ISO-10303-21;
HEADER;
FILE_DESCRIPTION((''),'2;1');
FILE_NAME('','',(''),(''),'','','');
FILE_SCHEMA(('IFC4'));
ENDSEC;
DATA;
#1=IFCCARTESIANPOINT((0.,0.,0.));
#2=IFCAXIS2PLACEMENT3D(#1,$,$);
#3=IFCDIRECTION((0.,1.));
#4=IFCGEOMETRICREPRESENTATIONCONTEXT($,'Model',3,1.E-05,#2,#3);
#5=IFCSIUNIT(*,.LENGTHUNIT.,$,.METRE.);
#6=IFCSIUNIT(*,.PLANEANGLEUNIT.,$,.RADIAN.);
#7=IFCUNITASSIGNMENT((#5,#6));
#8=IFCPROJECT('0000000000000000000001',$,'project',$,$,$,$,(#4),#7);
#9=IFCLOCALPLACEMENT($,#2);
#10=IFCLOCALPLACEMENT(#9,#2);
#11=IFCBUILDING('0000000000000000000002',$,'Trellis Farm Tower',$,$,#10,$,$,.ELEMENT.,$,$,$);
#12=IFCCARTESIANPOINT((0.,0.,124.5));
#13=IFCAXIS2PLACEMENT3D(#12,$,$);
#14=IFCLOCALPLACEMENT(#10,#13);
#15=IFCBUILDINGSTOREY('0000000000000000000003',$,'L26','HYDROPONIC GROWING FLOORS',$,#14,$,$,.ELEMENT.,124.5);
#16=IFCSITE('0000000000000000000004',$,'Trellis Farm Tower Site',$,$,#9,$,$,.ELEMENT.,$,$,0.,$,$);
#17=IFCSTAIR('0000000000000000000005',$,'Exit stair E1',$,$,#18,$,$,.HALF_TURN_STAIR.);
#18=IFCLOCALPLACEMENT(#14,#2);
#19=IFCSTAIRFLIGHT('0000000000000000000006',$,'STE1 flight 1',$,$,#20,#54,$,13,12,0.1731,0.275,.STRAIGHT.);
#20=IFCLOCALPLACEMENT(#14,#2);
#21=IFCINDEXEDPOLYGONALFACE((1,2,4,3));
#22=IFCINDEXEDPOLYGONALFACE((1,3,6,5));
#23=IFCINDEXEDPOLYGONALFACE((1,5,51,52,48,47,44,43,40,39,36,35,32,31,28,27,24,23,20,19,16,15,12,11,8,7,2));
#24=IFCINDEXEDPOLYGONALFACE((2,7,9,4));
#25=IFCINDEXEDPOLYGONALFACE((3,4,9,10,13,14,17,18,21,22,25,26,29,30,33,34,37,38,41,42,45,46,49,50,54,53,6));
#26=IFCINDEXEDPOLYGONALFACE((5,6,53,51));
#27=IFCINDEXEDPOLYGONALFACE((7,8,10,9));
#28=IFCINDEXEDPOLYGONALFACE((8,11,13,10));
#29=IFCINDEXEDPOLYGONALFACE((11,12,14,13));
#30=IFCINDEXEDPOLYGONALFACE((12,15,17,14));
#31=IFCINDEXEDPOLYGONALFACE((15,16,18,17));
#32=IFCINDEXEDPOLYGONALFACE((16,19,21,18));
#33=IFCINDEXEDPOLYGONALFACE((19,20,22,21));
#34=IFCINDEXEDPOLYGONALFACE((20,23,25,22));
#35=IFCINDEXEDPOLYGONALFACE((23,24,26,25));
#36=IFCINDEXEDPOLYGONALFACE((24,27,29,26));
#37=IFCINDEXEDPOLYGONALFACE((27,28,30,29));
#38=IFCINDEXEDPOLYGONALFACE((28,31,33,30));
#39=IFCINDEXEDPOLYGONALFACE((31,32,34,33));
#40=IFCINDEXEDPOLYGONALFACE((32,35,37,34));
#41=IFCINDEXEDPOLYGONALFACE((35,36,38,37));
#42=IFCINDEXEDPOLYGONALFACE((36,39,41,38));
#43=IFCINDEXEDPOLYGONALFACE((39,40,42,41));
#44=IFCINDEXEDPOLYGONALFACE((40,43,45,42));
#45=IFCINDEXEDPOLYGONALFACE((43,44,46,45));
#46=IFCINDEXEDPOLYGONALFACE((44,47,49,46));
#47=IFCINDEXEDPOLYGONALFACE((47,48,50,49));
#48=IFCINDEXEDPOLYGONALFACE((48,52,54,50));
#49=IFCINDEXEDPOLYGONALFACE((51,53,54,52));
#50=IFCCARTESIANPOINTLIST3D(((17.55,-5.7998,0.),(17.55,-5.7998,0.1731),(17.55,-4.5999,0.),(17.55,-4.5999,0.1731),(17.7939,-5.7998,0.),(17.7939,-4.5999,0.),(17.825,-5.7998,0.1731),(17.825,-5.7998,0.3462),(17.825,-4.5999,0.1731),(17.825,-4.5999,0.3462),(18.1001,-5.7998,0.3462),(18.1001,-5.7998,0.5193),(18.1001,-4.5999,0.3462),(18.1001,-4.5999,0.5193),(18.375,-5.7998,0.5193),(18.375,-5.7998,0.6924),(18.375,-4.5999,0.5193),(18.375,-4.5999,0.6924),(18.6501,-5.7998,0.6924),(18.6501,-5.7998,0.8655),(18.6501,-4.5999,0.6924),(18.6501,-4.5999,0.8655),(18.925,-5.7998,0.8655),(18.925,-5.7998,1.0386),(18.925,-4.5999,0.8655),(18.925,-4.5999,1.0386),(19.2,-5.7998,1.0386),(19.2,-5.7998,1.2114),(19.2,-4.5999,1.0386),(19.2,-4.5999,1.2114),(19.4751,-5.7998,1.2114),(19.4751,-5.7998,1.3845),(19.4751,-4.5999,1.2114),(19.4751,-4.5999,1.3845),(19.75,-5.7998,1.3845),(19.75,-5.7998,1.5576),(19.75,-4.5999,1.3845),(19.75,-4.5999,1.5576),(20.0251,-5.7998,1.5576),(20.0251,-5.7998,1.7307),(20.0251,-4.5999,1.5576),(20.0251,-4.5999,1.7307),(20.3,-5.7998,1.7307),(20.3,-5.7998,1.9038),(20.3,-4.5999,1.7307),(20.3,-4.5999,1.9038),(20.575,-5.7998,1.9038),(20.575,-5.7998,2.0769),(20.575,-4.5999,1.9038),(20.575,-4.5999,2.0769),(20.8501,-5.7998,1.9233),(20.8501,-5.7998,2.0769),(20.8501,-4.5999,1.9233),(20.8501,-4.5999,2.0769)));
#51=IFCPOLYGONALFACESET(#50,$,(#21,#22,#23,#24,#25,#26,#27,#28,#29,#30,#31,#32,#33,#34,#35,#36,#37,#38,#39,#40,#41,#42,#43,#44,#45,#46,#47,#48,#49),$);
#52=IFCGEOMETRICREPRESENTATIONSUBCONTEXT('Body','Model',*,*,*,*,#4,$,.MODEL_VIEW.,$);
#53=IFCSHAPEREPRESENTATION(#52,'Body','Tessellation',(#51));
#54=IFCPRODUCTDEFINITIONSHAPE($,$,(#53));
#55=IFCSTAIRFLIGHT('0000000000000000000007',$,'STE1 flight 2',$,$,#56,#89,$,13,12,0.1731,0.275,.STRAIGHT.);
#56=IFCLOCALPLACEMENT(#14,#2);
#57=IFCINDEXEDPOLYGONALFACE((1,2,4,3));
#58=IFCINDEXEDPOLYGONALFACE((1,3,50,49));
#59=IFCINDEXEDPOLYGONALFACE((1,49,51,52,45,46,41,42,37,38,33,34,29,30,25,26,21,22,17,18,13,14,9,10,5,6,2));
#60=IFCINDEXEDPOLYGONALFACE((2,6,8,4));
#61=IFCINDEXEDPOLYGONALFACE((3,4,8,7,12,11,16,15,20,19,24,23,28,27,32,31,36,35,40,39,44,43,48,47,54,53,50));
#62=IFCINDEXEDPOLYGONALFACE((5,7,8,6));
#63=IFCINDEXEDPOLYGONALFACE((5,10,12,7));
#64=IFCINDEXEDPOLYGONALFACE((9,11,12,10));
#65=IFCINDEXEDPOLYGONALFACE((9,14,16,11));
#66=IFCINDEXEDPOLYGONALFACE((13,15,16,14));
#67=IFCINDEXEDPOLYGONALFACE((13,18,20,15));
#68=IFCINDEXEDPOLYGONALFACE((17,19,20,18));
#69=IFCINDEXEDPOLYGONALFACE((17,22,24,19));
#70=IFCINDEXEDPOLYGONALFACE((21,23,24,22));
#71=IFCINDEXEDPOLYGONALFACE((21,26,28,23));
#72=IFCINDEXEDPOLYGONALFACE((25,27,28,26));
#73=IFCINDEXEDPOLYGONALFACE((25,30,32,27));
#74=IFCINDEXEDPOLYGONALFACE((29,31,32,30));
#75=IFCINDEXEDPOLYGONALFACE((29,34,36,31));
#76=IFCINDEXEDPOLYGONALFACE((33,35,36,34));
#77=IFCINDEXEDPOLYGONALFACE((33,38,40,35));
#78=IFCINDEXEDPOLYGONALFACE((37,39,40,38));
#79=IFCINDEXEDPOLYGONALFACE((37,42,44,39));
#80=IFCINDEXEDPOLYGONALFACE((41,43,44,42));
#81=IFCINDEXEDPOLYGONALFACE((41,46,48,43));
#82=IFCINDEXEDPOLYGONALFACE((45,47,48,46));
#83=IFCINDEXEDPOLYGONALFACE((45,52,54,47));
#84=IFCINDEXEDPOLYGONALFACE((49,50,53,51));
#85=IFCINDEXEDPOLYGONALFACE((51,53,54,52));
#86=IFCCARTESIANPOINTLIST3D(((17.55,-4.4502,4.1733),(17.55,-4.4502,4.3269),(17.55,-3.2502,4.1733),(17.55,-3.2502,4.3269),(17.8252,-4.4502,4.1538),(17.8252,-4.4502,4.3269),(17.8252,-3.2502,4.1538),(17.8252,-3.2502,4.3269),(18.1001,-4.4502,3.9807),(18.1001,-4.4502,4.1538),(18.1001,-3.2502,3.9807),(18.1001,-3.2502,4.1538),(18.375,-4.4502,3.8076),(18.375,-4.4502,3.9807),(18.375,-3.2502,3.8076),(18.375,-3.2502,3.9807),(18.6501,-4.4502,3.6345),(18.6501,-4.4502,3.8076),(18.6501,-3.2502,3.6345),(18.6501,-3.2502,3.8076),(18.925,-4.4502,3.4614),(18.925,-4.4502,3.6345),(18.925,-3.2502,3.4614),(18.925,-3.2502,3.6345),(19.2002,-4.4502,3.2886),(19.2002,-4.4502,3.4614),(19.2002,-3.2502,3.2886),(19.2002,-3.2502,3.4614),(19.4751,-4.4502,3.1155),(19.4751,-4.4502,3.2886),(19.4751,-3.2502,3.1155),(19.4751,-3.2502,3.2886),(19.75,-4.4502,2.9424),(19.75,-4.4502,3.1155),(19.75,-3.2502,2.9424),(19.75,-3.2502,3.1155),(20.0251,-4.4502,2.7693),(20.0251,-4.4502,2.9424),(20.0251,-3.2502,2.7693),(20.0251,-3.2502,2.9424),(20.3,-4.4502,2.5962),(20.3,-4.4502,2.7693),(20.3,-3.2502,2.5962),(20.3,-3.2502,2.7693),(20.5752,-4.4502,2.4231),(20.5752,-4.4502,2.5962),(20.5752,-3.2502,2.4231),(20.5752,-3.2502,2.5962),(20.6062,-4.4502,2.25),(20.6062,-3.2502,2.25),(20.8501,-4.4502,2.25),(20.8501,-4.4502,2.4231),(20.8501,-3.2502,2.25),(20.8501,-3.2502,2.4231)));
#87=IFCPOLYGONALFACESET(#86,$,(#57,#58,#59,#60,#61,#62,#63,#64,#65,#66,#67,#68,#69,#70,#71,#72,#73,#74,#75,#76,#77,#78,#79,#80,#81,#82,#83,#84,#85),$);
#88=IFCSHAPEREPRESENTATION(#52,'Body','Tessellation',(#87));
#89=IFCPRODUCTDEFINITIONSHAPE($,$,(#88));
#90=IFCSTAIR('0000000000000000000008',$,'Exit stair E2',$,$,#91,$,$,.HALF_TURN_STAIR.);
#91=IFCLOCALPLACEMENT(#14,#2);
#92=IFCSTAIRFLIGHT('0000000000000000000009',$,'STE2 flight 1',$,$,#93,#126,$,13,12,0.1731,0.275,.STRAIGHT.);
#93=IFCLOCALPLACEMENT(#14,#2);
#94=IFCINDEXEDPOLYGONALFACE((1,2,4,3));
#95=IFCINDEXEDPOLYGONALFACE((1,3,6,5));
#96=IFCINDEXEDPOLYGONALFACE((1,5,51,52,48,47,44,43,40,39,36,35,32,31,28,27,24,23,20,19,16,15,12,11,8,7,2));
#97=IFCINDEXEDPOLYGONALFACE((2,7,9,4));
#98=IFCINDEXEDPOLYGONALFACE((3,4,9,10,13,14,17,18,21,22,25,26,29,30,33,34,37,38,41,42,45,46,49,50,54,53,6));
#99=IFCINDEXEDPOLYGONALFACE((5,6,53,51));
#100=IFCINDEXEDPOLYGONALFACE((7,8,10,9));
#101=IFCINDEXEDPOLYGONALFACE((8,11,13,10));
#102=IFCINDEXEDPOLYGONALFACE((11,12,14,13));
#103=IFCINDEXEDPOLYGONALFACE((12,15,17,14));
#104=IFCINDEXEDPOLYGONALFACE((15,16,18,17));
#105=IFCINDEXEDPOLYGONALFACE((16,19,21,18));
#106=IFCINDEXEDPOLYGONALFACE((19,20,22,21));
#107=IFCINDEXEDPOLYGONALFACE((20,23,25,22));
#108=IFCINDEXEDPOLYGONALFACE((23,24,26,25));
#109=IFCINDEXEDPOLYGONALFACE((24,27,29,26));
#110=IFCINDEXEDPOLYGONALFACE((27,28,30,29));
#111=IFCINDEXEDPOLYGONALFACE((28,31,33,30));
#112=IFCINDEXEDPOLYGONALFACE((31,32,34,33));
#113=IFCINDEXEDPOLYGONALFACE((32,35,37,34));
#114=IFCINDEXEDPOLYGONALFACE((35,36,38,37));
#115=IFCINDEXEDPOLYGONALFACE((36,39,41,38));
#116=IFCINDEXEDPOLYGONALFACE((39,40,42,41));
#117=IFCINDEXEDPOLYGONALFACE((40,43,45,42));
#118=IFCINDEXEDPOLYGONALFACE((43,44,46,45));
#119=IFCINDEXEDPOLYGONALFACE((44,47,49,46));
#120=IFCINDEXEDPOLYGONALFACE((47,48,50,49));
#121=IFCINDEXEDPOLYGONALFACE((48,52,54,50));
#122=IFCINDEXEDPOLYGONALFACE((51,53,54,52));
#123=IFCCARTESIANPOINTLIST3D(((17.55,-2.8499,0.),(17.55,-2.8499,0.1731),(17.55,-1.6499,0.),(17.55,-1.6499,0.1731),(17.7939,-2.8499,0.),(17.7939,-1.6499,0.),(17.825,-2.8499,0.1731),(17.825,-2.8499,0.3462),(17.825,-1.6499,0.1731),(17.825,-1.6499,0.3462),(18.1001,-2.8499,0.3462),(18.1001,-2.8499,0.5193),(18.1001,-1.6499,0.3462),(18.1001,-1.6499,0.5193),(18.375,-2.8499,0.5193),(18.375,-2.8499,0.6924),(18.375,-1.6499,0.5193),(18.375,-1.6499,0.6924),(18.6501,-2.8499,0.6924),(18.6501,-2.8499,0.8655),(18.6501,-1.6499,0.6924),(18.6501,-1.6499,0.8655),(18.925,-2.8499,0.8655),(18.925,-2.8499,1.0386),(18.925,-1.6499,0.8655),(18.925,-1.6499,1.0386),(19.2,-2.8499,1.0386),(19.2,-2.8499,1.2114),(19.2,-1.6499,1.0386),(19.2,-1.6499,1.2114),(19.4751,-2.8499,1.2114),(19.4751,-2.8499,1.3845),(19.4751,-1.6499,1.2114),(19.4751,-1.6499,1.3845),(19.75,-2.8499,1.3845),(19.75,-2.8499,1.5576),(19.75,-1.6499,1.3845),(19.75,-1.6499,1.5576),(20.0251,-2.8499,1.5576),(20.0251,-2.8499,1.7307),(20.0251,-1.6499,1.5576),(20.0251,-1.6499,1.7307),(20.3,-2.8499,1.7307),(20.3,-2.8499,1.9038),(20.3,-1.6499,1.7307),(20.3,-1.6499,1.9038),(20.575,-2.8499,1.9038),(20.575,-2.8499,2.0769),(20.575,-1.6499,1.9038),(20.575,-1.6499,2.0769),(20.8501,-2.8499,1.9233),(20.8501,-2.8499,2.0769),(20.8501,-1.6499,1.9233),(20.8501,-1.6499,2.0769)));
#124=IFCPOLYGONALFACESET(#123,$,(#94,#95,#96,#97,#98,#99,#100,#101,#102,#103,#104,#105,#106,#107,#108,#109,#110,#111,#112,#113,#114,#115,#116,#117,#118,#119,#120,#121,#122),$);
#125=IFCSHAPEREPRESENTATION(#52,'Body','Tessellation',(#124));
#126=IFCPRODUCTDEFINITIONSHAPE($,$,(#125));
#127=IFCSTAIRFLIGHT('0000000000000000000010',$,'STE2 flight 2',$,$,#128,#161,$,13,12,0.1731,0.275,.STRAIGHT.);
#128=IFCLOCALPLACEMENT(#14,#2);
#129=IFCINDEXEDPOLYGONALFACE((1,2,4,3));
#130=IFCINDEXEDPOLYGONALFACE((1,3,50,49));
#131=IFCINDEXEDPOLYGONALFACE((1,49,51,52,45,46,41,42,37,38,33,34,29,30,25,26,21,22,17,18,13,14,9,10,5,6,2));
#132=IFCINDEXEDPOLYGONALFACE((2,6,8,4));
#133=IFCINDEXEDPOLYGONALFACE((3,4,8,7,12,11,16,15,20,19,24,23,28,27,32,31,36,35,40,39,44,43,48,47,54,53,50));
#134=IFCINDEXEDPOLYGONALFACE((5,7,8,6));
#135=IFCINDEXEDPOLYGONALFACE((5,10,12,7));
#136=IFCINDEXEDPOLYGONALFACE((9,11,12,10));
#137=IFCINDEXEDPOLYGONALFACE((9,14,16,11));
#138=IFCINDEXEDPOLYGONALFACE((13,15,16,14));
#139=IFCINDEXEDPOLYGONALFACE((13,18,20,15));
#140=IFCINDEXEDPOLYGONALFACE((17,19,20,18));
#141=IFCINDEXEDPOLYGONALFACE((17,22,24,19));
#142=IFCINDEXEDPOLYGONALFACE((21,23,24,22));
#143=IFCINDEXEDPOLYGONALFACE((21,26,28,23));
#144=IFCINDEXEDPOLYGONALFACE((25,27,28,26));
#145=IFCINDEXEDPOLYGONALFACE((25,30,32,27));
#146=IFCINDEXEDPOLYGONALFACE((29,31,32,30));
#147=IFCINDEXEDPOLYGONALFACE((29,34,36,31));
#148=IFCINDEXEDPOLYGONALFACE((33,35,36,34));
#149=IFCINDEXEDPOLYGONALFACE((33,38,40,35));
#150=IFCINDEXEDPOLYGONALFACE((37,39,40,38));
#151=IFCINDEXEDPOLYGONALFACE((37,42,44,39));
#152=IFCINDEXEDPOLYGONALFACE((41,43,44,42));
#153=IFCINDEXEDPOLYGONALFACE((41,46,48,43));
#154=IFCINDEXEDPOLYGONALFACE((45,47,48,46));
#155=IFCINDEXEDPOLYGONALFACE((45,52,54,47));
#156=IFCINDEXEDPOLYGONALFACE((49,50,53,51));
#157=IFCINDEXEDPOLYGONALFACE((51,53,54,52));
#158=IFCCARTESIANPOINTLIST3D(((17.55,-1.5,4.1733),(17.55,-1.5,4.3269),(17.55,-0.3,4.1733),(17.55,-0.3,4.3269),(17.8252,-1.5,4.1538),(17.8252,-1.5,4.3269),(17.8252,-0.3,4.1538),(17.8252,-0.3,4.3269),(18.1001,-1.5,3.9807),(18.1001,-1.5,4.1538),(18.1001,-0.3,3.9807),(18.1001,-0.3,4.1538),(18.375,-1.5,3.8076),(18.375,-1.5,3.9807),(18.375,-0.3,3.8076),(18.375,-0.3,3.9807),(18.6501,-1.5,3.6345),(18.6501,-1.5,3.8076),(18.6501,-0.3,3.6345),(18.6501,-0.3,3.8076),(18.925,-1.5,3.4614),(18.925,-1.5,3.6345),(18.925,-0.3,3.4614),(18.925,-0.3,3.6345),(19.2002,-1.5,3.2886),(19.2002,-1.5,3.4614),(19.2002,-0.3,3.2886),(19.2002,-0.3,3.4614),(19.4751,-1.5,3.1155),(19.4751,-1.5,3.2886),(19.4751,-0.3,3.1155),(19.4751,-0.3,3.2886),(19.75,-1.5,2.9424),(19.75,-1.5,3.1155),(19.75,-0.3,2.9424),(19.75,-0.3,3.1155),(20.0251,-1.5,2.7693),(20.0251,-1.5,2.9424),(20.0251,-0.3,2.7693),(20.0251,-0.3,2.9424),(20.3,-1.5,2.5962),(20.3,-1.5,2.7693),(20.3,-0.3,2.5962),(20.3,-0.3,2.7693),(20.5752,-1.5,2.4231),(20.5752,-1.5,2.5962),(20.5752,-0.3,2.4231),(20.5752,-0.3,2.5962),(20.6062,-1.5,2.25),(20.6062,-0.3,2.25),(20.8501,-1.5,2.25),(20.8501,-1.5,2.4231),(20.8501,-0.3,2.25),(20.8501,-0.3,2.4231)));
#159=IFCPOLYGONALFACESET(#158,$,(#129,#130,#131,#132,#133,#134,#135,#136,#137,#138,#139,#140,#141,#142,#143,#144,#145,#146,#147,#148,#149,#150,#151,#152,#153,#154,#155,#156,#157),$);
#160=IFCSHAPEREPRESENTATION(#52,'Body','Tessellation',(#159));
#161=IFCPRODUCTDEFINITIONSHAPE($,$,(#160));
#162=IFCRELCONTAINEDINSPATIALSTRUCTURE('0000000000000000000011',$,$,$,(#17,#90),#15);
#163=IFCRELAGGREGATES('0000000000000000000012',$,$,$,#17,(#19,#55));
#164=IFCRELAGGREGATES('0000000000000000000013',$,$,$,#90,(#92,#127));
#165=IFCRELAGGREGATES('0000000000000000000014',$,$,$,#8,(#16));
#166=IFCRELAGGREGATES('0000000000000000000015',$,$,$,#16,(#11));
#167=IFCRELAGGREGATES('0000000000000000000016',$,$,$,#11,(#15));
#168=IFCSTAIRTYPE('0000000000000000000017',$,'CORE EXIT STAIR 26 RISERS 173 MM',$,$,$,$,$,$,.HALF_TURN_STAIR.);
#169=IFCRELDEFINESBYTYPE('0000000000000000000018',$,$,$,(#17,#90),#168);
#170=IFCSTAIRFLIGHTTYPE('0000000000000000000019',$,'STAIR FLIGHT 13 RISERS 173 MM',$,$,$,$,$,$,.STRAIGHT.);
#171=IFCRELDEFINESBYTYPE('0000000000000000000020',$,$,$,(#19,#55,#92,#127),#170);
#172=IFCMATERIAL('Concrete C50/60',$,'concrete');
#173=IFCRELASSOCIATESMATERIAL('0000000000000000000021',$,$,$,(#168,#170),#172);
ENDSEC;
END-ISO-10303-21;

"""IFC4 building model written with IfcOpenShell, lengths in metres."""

from ifc_helpers import new_model, si_unit, direction, frame, origin, place, context, subcontext, project, spatial, polyline, outline, extrude, source, transform, mapped, material, type_object, element, aggregate, save


model = new_model("IFC4")

# Units and contexts
model_context = context("Model", 3, precision=1e-05, world=origin(), true_north=direction((0.0, 1.0)))
body_context = subcontext(model_context, "Body", "Model", "MODEL_VIEW")
ifc_project = project(units=[si_unit("LENGTHUNIT", "METRE"), si_unit("PLANEANGLEUNIT", "RADIAN")], contexts=[model_context])

# Site, building, storey
site_placement = place(None, origin())
site = spatial("IfcSite", under=ifc_project, at=site_placement, Name="Trellis Farm Tower Site", CompositionType="ELEMENT", RefElevation=0.0)
building_placement = place(site_placement, origin())
building = spatial("IfcBuilding", under=site, at=building_placement, Name="Trellis Farm Tower", CompositionType="ELEMENT")
storey_placement = place(building_placement, frame((0.0, 0.0, 124.5)))
storey = spatial("IfcBuildingStorey", under=building, at=storey_placement, Name="L26", Description="HYDROPONIC GROWING FLOORS", CompositionType="ELEMENT", Elevation=124.5)

# Shared definitions
placement = place(storey_placement, origin())

# Stairs, stair flights
ifc_material_1 = material(Name="Concrete C50/60", Category="concrete")
stair_type = type_object("IfcStairType", Name="CORE EXIT STAIR 26 RISERS 173 MM", PredefinedType="HALF_TURN_STAIR", material=ifc_material_1)
stair_1 = element("IfcStair", 1, at=placement, inside=storey, type_object=stair_type, Name="Exit stair E1", PredefinedType="HALF_TURN_STAIR")
stair_flight_type = type_object("IfcStairFlightType", Name="STAIR FLIGHT 13 RISERS 173 MM", PredefinedType="STRAIGHT", material=ifc_material_1)
shared_shape_1 = source(origin(), body_context, "Body", "SweptSolid", [
    extrude(outline(polyline([(0.0, 0.0), (0.0, 0.1731), (0.2749, 0.1731), (0.2749, 0.3462), (0.55, 0.3462), (0.55, 0.5193), (0.825, 0.5193), (0.825, 0.6924), (1.1001, 0.6924), (1.1001, 0.8655), (1.375, 0.8655), (1.375, 1.0386), (1.6499, 1.0386), (1.6499, 1.2114), (1.925, 1.2114), (1.925, 1.3845), (2.2, 1.3845), (2.2, 1.5576), (2.4751, 1.5576), (2.4751, 1.7307), (2.75, 1.7307), (2.75, 1.9038), (3.0249, 1.9038), (3.0249, 2.0769), (3.3, 2.0769), (3.3, 2.25), (3.3, 1.9233), (0.2439, 0.0), (0.0, 0.0)])), frame((0.0, 0.6001, 0.0), z_axis=(0.0, -1.0, 0.0), x_axis=(1.0, 0.0, 0.0)), (0.0, 0.0, 1.0), 1.2),
])
stair_flight_1_placement = place(storey_placement, frame((17.55, -5.2, 0.0), z_axis=(0.0, 0.0, 1.0), x_axis=(1.0, 0.0, 0.0)))
stair_flight_1 = element("IfcStairFlight", 2, at=stair_flight_1_placement, type_object=stair_flight_type, Name="STE1 flight 1", NumberOfRisers=13, NumberOfTreads=12, PredefinedType="STRAIGHT", RiserHeight=0.1731, TreadLength=0.275, context=body_context, shape_type="MappedRepresentation", body=[
    mapped(shared_shape_1, transform((0.0, 0.0, 0.0))),
])
stair_flight_2_placement = place(storey_placement, frame((20.8501, -3.8501, 2.25), z_axis=(0.0, 0.0, 1.0), x_axis=(-1.0, 0.0, 0.0)))
stair_flight_2 = element("IfcStairFlight", 3, at=stair_flight_2_placement, type_object=stair_flight_type, Name="STE1 flight 2", NumberOfRisers=13, NumberOfTreads=12, PredefinedType="STRAIGHT", RiserHeight=0.1731, TreadLength=0.275, context=body_context, shape_type="MappedRepresentation", body=[
    mapped(shared_shape_1, transform((0.0, 0.0, 0.0))),
])
aggregate(stair_1, [stair_flight_1, stair_flight_2])
stair_2 = element("IfcStair", 4, at=placement, inside=storey, type_object=stair_type, Name="Exit stair E2", PredefinedType="HALF_TURN_STAIR")
stair_flight_3_placement = place(storey_placement, frame((17.55, -2.25, 0.0), z_axis=(0.0, 0.0, 1.0), x_axis=(1.0, 0.0, 0.0)))
stair_flight_3 = element("IfcStairFlight", 5, at=stair_flight_3_placement, type_object=stair_flight_type, Name="STE2 flight 1", NumberOfRisers=13, NumberOfTreads=12, PredefinedType="STRAIGHT", RiserHeight=0.1731, TreadLength=0.275, context=body_context, shape_type="MappedRepresentation", body=[
    mapped(shared_shape_1, transform((0.0, 0.0, 0.0))),
])
stair_flight_4_placement = place(storey_placement, frame((20.8501, -0.8999, 2.25), z_axis=(0.0, 0.0, 1.0), x_axis=(-1.0, 0.0, 0.0)))
stair_flight_4 = element("IfcStairFlight", 6, at=stair_flight_4_placement, type_object=stair_flight_type, Name="STE2 flight 2", NumberOfRisers=13, NumberOfTreads=12, PredefinedType="STRAIGHT", RiserHeight=0.1731, TreadLength=0.275, context=body_context, shape_type="MappedRepresentation", body=[
    mapped(shared_shape_1, transform((0.0, 0.0, 0.0))),
])
aggregate(stair_2, [stair_flight_3, stair_flight_4])

save(model, "model.ifc")
